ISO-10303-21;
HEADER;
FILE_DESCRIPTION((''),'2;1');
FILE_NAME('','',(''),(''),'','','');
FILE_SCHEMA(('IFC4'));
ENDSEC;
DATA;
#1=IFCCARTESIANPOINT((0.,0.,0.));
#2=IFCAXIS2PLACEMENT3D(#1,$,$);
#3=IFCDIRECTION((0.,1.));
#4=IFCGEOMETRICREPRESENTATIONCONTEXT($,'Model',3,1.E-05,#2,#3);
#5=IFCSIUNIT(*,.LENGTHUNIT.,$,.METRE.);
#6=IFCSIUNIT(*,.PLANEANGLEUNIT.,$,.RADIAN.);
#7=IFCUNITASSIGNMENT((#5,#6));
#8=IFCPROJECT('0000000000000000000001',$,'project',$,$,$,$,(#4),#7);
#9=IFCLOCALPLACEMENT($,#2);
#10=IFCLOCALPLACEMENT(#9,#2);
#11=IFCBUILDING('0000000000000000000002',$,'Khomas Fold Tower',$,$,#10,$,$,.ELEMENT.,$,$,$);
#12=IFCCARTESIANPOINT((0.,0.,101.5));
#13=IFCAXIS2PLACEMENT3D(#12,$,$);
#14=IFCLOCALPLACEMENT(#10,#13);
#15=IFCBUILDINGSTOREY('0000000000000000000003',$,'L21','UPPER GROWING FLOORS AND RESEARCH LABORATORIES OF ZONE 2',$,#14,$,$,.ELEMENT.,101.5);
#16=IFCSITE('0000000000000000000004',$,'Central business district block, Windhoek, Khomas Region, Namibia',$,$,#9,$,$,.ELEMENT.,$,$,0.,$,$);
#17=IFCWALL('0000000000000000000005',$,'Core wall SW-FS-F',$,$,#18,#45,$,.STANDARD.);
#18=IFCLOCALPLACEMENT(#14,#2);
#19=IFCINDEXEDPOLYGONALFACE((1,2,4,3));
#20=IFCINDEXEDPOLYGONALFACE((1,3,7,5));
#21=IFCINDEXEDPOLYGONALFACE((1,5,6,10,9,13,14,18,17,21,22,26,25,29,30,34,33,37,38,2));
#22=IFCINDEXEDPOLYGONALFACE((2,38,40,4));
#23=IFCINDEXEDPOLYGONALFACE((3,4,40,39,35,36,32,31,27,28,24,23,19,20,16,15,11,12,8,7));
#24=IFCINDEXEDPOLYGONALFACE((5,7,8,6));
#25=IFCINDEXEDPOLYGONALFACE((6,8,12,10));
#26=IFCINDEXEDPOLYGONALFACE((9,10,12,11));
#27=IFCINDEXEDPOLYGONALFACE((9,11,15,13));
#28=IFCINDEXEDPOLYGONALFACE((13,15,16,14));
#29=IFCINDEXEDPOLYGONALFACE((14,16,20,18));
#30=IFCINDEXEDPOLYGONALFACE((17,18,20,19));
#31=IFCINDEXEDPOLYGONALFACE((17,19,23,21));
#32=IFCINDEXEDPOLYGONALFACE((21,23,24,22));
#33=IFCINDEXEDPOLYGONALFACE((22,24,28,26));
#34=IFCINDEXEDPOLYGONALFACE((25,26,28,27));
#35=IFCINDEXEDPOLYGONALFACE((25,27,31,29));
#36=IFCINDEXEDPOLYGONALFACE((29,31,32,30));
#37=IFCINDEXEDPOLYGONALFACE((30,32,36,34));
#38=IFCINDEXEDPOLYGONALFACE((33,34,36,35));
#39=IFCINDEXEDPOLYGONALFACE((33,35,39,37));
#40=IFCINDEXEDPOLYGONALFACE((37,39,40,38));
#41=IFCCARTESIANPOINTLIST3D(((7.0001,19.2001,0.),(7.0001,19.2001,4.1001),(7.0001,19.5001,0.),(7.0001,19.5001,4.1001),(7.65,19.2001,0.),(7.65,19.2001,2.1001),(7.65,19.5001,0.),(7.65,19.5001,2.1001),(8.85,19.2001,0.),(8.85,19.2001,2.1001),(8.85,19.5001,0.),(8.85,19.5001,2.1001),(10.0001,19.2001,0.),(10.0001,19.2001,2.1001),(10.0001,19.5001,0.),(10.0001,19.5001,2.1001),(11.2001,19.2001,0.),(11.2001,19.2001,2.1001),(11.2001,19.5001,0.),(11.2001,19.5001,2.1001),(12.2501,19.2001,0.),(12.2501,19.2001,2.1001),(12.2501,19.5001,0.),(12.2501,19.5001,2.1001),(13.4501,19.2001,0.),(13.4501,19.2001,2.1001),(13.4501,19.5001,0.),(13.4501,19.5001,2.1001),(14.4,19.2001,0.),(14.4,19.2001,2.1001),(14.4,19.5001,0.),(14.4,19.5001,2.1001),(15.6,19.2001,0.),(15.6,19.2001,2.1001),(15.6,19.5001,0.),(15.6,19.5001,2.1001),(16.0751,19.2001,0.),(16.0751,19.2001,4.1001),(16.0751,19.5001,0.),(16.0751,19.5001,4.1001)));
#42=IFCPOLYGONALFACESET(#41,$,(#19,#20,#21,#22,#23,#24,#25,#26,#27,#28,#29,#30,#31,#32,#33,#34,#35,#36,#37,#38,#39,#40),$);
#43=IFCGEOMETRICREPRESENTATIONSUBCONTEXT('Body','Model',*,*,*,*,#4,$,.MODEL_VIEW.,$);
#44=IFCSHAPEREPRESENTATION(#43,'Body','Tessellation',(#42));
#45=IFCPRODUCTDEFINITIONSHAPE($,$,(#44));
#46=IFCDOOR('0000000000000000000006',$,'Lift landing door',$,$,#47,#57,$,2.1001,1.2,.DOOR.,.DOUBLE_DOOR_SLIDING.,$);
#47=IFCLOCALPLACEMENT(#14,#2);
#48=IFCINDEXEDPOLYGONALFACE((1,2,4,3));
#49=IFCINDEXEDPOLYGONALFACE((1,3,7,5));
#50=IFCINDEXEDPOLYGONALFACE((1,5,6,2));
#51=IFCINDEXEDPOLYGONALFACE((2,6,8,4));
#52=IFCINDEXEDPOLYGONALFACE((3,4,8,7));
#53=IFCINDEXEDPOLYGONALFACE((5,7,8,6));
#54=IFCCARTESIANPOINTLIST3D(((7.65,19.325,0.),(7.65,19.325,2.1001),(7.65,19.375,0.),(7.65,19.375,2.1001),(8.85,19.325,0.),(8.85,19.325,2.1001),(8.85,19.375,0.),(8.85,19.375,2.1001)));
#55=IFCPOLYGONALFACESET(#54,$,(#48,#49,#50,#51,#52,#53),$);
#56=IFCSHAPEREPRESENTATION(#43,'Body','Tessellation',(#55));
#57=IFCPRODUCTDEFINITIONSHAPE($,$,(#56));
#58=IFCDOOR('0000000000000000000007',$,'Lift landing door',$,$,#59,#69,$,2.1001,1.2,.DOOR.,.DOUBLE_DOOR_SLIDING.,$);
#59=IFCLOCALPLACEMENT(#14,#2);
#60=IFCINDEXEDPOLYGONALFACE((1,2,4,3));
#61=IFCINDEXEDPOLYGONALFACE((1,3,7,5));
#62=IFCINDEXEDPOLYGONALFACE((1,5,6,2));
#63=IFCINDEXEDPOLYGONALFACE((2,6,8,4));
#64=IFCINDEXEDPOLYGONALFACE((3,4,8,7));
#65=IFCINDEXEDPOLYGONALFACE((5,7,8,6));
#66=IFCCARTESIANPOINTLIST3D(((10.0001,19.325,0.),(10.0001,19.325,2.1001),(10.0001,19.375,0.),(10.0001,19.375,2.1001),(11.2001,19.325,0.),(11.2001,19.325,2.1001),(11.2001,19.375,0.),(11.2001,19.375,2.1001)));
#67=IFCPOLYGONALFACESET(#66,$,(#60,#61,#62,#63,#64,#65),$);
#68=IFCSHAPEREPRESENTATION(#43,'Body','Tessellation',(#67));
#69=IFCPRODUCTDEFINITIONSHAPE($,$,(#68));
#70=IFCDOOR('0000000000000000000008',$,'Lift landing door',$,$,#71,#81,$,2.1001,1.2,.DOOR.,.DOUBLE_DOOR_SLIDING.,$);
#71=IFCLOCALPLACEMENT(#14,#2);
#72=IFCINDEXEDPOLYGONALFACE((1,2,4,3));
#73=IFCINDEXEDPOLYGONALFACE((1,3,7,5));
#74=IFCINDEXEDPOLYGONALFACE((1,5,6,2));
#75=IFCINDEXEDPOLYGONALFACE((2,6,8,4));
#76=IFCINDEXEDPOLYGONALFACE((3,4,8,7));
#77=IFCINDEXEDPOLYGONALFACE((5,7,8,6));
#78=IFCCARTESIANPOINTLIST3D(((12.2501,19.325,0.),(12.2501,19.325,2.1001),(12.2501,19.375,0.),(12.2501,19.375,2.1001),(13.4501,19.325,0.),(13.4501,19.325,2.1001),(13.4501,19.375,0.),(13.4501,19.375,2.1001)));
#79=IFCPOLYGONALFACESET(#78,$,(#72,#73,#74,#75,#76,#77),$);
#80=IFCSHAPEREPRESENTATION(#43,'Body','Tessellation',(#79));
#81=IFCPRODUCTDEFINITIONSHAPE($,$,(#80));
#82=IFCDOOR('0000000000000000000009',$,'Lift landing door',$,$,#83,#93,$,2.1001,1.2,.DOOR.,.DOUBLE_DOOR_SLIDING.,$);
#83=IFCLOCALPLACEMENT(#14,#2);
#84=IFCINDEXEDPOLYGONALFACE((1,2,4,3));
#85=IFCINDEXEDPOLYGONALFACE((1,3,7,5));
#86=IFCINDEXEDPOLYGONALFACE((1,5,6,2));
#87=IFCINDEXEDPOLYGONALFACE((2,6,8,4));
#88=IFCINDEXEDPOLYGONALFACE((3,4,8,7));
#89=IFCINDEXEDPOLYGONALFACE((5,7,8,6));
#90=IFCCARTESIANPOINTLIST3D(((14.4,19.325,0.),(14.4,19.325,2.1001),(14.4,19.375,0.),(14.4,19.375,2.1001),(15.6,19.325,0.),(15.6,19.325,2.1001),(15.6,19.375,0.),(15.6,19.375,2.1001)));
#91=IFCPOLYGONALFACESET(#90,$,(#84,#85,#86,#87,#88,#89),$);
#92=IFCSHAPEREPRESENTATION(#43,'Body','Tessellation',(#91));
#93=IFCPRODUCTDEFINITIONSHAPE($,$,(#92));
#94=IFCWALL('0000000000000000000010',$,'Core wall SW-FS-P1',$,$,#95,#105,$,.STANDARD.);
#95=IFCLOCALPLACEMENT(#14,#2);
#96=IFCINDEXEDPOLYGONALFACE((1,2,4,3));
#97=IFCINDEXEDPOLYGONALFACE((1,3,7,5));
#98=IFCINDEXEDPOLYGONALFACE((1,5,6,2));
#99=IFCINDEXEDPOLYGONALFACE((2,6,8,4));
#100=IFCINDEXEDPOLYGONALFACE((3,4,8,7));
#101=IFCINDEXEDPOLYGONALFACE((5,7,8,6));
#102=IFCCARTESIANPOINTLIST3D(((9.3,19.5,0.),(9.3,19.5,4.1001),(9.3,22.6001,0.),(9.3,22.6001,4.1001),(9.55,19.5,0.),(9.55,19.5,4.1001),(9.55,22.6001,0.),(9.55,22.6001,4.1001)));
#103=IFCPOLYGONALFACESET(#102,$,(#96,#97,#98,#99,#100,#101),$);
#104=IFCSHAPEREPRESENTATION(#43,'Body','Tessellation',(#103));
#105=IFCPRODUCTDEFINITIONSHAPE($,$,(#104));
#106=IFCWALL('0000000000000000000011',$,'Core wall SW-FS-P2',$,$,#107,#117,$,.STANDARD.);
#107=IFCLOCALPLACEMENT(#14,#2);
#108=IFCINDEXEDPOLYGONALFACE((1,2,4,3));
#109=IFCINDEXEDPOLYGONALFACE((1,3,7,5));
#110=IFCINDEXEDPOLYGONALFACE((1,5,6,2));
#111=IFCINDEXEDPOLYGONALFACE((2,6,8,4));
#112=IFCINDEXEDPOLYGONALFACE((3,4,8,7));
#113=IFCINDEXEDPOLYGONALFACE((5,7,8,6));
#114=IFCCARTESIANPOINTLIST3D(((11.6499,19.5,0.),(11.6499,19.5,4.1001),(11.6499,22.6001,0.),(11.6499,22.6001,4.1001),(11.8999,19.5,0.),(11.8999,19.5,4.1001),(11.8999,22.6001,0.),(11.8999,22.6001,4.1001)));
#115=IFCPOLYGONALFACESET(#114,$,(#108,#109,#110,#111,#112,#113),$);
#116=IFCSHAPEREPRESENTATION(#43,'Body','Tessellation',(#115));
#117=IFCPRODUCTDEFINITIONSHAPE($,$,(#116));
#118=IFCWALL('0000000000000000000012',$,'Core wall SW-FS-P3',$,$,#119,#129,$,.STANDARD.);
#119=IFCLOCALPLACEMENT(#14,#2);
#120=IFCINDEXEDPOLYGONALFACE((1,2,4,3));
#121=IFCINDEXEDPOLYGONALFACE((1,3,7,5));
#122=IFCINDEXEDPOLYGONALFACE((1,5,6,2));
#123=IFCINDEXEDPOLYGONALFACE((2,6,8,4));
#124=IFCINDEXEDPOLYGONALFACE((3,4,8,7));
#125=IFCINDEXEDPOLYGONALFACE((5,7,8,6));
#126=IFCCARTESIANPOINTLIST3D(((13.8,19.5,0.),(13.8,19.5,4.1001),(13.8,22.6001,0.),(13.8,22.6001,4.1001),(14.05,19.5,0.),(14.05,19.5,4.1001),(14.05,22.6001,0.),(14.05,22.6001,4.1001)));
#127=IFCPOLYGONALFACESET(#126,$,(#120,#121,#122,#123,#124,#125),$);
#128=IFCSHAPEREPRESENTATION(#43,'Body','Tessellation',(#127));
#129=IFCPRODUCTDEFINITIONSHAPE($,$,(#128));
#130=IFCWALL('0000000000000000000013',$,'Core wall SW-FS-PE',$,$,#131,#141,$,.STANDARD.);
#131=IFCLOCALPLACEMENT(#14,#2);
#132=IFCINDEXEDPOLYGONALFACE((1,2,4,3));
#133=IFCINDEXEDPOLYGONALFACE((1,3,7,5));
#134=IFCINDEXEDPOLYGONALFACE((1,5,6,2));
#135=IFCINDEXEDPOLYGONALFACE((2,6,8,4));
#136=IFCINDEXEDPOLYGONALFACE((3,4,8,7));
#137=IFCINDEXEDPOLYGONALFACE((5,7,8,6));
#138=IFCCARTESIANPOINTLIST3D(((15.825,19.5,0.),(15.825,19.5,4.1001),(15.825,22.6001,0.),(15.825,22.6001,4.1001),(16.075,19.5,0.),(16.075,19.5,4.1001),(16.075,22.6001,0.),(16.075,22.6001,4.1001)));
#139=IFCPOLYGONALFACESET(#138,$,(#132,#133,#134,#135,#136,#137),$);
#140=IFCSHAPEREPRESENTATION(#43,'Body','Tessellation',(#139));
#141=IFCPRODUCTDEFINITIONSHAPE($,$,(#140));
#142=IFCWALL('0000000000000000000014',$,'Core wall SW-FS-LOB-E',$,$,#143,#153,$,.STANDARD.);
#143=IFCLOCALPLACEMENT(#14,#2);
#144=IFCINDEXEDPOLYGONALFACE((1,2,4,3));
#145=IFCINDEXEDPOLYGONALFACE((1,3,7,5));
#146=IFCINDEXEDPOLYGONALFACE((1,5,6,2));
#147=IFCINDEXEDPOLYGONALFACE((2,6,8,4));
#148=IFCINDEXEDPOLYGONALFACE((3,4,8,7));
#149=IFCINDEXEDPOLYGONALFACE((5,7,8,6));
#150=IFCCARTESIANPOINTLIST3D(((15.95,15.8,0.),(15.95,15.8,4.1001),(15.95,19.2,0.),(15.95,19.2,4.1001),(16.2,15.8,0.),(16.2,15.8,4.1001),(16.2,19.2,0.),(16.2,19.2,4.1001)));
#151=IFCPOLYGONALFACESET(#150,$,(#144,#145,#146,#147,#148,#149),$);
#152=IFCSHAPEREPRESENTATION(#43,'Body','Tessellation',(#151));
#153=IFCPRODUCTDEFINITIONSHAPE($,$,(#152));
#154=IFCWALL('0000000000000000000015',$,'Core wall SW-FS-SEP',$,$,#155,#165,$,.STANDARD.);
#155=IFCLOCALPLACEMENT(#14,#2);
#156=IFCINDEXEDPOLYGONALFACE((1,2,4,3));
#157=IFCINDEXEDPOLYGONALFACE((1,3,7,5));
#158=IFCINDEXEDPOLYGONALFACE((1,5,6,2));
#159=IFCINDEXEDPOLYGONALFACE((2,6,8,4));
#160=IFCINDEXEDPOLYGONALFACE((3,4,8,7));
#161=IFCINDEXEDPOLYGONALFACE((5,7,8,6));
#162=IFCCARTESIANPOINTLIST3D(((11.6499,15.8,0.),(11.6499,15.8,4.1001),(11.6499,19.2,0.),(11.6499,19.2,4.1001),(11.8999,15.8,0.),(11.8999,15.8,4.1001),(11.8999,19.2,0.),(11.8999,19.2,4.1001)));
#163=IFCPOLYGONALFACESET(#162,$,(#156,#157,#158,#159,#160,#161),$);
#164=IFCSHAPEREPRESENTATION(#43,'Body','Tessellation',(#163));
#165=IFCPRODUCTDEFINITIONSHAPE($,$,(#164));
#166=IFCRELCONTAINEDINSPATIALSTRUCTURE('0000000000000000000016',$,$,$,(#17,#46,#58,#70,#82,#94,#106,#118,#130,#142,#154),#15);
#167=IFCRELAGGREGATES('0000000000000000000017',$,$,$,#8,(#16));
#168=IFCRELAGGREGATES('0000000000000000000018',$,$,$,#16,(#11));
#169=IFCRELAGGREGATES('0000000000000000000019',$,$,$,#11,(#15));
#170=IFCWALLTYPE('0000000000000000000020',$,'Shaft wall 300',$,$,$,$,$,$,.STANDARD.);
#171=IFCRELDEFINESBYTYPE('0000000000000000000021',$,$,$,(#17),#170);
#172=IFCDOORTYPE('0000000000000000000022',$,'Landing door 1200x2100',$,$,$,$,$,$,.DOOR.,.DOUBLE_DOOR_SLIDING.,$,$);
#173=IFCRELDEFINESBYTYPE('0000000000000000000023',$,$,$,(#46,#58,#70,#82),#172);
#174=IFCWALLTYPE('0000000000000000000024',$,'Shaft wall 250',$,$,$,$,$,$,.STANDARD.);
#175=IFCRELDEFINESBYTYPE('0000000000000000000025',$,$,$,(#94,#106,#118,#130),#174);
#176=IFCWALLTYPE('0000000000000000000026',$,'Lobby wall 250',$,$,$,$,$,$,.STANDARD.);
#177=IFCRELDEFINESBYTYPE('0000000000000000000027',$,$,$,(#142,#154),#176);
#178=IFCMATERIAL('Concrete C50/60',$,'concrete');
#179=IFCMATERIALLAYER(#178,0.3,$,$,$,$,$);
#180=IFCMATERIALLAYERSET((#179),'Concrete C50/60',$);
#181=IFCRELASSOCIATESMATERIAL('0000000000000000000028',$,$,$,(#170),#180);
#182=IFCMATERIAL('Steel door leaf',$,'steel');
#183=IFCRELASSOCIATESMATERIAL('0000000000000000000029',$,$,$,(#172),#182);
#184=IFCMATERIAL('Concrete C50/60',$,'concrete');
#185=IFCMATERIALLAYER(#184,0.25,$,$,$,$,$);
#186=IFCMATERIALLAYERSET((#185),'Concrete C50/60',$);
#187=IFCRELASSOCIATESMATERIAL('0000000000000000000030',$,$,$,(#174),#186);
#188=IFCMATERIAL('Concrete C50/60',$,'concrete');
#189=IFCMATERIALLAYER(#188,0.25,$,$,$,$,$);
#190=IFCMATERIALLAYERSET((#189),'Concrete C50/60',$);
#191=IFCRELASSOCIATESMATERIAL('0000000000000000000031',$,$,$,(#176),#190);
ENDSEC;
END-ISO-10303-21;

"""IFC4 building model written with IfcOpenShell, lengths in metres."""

from ifc_helpers import new_model, si_unit, direction, frame, frame_2d, origin, place, context, subcontext, project, spatial, rectangle, extrude, source, transform, mapped, material, layer, layer_set, type_object, element, fill, save


model = new_model("IFC4")

# Units and contexts
model_context = context("Model", 3, precision=1e-05, world=origin(), true_north=direction((0.0, 1.0)))
body_context = subcontext(model_context, "Body", "Model", "MODEL_VIEW")
ifc_project = project(units=[si_unit("LENGTHUNIT", "METRE"), si_unit("PLANEANGLEUNIT", "RADIAN")], contexts=[model_context])

# Site, building, storey
site_placement = place(None, origin())
site = spatial("IfcSite", under=ifc_project, at=site_placement, Name="Central business district block, Windhoek, Khomas Region, Namibia", CompositionType="ELEMENT", RefElevation=0.0)
building_placement = place(site_placement, origin())
building = spatial("IfcBuilding", under=site, at=building_placement, Name="Khomas Fold Tower", CompositionType="ELEMENT")
storey_placement = place(building_placement, frame((0.0, 0.0, 101.5)))
storey = spatial("IfcBuildingStorey", under=building, at=storey_placement, Name="L21", Description="UPPER GROWING FLOORS AND RESEARCH LABORATORIES OF ZONE 2", CompositionType="ELEMENT", Elevation=101.5)

# Shared definitions
ifc_material_1 = material(Name="Concrete C50/60", Category="concrete")
ifc_layer_1 = layer(ifc_material_1, 0.3)
ifc_layer_set_1 = layer_set([ifc_layer_1], Name="Concrete C50/60")
wall_type_1 = type_object("IfcWallType", Name="Shaft wall 300", PredefinedType="STANDARD", material=ifc_layer_set_1)

# Wall, openings, doors
shared_shape_1 = source(origin(), body_context, "Body", "SweptSolid", [
    extrude(rectangle(XDim=9.075, YDim=0.3, at=frame_2d((4.5376, 0.0))), origin(), (0.0, 0.0, 1.0), 4.1001),
])
wall_1_placement = place(storey_placement, frame((7.0, 19.3501, 0.0), z_axis=(0.0, 0.0, 1.0), x_axis=(1.0, 0.0, 0.0)))
wall_1 = element("IfcWall", 1, at=wall_1_placement, inside=storey, type_object=wall_type_1, Name="Core wall SW-FS-F", PredefinedType="STANDARD", context=body_context, shape_type="MappedRepresentation", body=[
    mapped(shared_shape_1, transform((0.0, 0.0, 0.0))),
])
shared_shape_2 = source(origin(), body_context, "Body", "SweptSolid", [
    extrude(rectangle(XDim=1.2, YDim=2.1001, at=frame_2d((0.6001, 1.05))), frame((0.0, 0.1599, 0.0), z_axis=(0.0, -1.0, 0.0), x_axis=(1.0, 0.0, 0.0)), (0.0, 0.0, 1.0), 0.3201),
])
opening_1_placement = place(wall_1_placement, frame((0.6499, 0.0, 0.0)))
opening_1 = element("IfcOpeningElement", 2, at=opening_1_placement, cuts=wall_1, PredefinedType="OPENING", context=body_context, shape_type="MappedRepresentation", body=[
    mapped(shared_shape_2, transform((0.0, 0.0, 0.0))),
])
opening_2_placement = place(wall_1_placement, frame((3.0, 0.0, 0.0)))
opening_2 = element("IfcOpeningElement", 3, at=opening_2_placement, cuts=wall_1, PredefinedType="OPENING", context=body_context, shape_type="MappedRepresentation", body=[
    mapped(shared_shape_2, transform((0.0, 0.0, 0.0))),
])
opening_3_placement = place(wall_1_placement, frame((5.25, 0.0, 0.0)))
opening_3 = element("IfcOpeningElement", 4, at=opening_3_placement, cuts=wall_1, PredefinedType="OPENING", context=body_context, shape_type="MappedRepresentation", body=[
    mapped(shared_shape_2, transform((0.0, 0.0, 0.0))),
])
opening_4_placement = place(wall_1_placement, frame((7.3999, 0.0, 0.0)))
opening_4 = element("IfcOpeningElement", 5, at=opening_4_placement, cuts=wall_1, PredefinedType="OPENING", context=body_context, shape_type="MappedRepresentation", body=[
    mapped(shared_shape_2, transform((0.0, 0.0, 0.0))),
])
ifc_material_2 = material(Name="Steel door leaf", Category="steel")
door_type_1 = type_object("IfcDoorType", Name="Landing door 1200x2100", OperationType="DOUBLE_DOOR_SLIDING", PredefinedType="DOOR", material=ifc_material_2)
shared_shape_3 = source(origin(), body_context, "Body", "SweptSolid", [
    extrude(rectangle(XDim=1.2, YDim=2.1001, at=frame_2d((0.6001, 1.05))), frame((0.0, 0.0249, 0.0), z_axis=(0.0, -1.0, 0.0), x_axis=(1.0, 0.0, 0.0)), (0.0, 0.0, 1.0), 0.05),
])
door_1_placement = place(opening_1_placement, origin())
door_1 = element("IfcDoor", 6, at=door_1_placement, inside=storey, type_object=door_type_1, Name="Lift landing door", OperationType="DOUBLE_DOOR_SLIDING", OverallHeight=2.1001, OverallWidth=1.2, PredefinedType="DOOR", context=body_context, shape_type="MappedRepresentation", body=[
    mapped(shared_shape_3, transform((0.0, 0.0, 0.0))),
])
fill(opening_1, door_1)
door_2_placement = place(opening_2_placement, origin())
door_2 = element("IfcDoor", 7, at=door_2_placement, inside=storey, type_object=door_type_1, Name="Lift landing door", OperationType="DOUBLE_DOOR_SLIDING", OverallHeight=2.1001, OverallWidth=1.2, PredefinedType="DOOR", context=body_context, shape_type="MappedRepresentation", body=[
    mapped(shared_shape_3, transform((0.0, 0.0, 0.0))),
])
fill(opening_2, door_2)
door_3_placement = place(opening_3_placement, origin())
door_3 = element("IfcDoor", 8, at=door_3_placement, inside=storey, type_object=door_type_1, Name="Lift landing door", OperationType="DOUBLE_DOOR_SLIDING", OverallHeight=2.1001, OverallWidth=1.2, PredefinedType="DOOR", context=body_context, shape_type="MappedRepresentation", body=[
    mapped(shared_shape_3, transform((0.0, 0.0, 0.0))),
])
fill(opening_3, door_3)
door_4_placement = place(opening_4_placement, origin())
door_4 = element("IfcDoor", 9, at=door_4_placement, inside=storey, type_object=door_type_1, Name="Lift landing door", OperationType="DOUBLE_DOOR_SLIDING", OverallHeight=2.1001, OverallWidth=1.2, PredefinedType="DOOR", context=body_context, shape_type="MappedRepresentation", body=[
    mapped(shared_shape_3, transform((0.0, 0.0, 0.0))),
])
fill(opening_4, door_4)

# Walls
ifc_material_3 = material(Name="Concrete C50/60", Category="concrete")
ifc_layer_2 = layer(ifc_material_3, 0.25)
ifc_layer_set_2 = layer_set([ifc_layer_2], Name="Concrete C50/60")
wall_type_2 = type_object("IfcWallType", Name="Shaft wall 250", PredefinedType="STANDARD", material=ifc_layer_set_2)
shared_shape_4 = source(origin(), body_context, "Body", "SweptSolid", [
    extrude(rectangle(XDim=3.1001, YDim=0.25, at=frame_2d((1.55, 0.0))), origin(), (0.0, 0.0, 1.0), 4.1001),
])
for number, where, z_axis, x_axis, name in (
    (10, (9.425, 19.5, 0.0), (0.0, 0.0, 1.0), (0.0, 1.0, 0.0), "Core wall SW-FS-P1"),
    (11, (11.7749, 19.5, 0.0), (0.0, 0.0, 1.0), (0.0, 1.0, 0.0), "Core wall SW-FS-P2"),
    (12, (13.925, 19.5, 0.0), (0.0, 0.0, 1.0), (0.0, 1.0, 0.0), "Core wall SW-FS-P3"),
    (13, (15.95, 19.5, 0.0), (0.0, 0.0, 1.0), (0.0, 1.0, 0.0), "Core wall SW-FS-PE"),
):
    element("IfcWall", number, at=place(storey_placement, frame(where, z_axis=z_axis, x_axis=x_axis)), inside=storey, type_object=wall_type_2, Name=name, PredefinedType="STANDARD", context=body_context, shape_type="MappedRepresentation", body=[
        mapped(shared_shape_4, transform((0.0, 0.0, 0.0))),
    ])
ifc_material_4 = material(Name="Concrete C50/60", Category="concrete")
ifc_layer_3 = layer(ifc_material_4, 0.25)
ifc_layer_set_3 = layer_set([ifc_layer_3], Name="Concrete C50/60")
wall_type_3 = type_object("IfcWallType", Name="Lobby wall 250", PredefinedType="STANDARD", material=ifc_layer_set_3)
shared_shape_5 = source(origin(), body_context, "Body", "SweptSolid", [
    extrude(rectangle(XDim=3.3999, YDim=0.25, at=frame_2d((1.7, 0.0))), origin(), (0.0, 0.0, 1.0), 4.1001),
])
for number, where, z_axis, x_axis, name in (
    (14, (16.075, 15.8, 0.0), (0.0, 0.0, 1.0), (0.0, 1.0, 0.0), "Core wall SW-FS-LOB-E"),
    (15, (11.7749, 15.8, 0.0), (0.0, 0.0, 1.0), (0.0, 1.0, 0.0), "Core wall SW-FS-SEP"),
):
    element("IfcWall", number, at=place(storey_placement, frame(where, z_axis=z_axis, x_axis=x_axis)), inside=storey, type_object=wall_type_3, Name=name, PredefinedType="STANDARD", context=body_context, shape_type="MappedRepresentation", body=[
        mapped(shared_shape_5, transform((0.0, 0.0, 0.0))),
    ])

save(model, "model.ifc")
